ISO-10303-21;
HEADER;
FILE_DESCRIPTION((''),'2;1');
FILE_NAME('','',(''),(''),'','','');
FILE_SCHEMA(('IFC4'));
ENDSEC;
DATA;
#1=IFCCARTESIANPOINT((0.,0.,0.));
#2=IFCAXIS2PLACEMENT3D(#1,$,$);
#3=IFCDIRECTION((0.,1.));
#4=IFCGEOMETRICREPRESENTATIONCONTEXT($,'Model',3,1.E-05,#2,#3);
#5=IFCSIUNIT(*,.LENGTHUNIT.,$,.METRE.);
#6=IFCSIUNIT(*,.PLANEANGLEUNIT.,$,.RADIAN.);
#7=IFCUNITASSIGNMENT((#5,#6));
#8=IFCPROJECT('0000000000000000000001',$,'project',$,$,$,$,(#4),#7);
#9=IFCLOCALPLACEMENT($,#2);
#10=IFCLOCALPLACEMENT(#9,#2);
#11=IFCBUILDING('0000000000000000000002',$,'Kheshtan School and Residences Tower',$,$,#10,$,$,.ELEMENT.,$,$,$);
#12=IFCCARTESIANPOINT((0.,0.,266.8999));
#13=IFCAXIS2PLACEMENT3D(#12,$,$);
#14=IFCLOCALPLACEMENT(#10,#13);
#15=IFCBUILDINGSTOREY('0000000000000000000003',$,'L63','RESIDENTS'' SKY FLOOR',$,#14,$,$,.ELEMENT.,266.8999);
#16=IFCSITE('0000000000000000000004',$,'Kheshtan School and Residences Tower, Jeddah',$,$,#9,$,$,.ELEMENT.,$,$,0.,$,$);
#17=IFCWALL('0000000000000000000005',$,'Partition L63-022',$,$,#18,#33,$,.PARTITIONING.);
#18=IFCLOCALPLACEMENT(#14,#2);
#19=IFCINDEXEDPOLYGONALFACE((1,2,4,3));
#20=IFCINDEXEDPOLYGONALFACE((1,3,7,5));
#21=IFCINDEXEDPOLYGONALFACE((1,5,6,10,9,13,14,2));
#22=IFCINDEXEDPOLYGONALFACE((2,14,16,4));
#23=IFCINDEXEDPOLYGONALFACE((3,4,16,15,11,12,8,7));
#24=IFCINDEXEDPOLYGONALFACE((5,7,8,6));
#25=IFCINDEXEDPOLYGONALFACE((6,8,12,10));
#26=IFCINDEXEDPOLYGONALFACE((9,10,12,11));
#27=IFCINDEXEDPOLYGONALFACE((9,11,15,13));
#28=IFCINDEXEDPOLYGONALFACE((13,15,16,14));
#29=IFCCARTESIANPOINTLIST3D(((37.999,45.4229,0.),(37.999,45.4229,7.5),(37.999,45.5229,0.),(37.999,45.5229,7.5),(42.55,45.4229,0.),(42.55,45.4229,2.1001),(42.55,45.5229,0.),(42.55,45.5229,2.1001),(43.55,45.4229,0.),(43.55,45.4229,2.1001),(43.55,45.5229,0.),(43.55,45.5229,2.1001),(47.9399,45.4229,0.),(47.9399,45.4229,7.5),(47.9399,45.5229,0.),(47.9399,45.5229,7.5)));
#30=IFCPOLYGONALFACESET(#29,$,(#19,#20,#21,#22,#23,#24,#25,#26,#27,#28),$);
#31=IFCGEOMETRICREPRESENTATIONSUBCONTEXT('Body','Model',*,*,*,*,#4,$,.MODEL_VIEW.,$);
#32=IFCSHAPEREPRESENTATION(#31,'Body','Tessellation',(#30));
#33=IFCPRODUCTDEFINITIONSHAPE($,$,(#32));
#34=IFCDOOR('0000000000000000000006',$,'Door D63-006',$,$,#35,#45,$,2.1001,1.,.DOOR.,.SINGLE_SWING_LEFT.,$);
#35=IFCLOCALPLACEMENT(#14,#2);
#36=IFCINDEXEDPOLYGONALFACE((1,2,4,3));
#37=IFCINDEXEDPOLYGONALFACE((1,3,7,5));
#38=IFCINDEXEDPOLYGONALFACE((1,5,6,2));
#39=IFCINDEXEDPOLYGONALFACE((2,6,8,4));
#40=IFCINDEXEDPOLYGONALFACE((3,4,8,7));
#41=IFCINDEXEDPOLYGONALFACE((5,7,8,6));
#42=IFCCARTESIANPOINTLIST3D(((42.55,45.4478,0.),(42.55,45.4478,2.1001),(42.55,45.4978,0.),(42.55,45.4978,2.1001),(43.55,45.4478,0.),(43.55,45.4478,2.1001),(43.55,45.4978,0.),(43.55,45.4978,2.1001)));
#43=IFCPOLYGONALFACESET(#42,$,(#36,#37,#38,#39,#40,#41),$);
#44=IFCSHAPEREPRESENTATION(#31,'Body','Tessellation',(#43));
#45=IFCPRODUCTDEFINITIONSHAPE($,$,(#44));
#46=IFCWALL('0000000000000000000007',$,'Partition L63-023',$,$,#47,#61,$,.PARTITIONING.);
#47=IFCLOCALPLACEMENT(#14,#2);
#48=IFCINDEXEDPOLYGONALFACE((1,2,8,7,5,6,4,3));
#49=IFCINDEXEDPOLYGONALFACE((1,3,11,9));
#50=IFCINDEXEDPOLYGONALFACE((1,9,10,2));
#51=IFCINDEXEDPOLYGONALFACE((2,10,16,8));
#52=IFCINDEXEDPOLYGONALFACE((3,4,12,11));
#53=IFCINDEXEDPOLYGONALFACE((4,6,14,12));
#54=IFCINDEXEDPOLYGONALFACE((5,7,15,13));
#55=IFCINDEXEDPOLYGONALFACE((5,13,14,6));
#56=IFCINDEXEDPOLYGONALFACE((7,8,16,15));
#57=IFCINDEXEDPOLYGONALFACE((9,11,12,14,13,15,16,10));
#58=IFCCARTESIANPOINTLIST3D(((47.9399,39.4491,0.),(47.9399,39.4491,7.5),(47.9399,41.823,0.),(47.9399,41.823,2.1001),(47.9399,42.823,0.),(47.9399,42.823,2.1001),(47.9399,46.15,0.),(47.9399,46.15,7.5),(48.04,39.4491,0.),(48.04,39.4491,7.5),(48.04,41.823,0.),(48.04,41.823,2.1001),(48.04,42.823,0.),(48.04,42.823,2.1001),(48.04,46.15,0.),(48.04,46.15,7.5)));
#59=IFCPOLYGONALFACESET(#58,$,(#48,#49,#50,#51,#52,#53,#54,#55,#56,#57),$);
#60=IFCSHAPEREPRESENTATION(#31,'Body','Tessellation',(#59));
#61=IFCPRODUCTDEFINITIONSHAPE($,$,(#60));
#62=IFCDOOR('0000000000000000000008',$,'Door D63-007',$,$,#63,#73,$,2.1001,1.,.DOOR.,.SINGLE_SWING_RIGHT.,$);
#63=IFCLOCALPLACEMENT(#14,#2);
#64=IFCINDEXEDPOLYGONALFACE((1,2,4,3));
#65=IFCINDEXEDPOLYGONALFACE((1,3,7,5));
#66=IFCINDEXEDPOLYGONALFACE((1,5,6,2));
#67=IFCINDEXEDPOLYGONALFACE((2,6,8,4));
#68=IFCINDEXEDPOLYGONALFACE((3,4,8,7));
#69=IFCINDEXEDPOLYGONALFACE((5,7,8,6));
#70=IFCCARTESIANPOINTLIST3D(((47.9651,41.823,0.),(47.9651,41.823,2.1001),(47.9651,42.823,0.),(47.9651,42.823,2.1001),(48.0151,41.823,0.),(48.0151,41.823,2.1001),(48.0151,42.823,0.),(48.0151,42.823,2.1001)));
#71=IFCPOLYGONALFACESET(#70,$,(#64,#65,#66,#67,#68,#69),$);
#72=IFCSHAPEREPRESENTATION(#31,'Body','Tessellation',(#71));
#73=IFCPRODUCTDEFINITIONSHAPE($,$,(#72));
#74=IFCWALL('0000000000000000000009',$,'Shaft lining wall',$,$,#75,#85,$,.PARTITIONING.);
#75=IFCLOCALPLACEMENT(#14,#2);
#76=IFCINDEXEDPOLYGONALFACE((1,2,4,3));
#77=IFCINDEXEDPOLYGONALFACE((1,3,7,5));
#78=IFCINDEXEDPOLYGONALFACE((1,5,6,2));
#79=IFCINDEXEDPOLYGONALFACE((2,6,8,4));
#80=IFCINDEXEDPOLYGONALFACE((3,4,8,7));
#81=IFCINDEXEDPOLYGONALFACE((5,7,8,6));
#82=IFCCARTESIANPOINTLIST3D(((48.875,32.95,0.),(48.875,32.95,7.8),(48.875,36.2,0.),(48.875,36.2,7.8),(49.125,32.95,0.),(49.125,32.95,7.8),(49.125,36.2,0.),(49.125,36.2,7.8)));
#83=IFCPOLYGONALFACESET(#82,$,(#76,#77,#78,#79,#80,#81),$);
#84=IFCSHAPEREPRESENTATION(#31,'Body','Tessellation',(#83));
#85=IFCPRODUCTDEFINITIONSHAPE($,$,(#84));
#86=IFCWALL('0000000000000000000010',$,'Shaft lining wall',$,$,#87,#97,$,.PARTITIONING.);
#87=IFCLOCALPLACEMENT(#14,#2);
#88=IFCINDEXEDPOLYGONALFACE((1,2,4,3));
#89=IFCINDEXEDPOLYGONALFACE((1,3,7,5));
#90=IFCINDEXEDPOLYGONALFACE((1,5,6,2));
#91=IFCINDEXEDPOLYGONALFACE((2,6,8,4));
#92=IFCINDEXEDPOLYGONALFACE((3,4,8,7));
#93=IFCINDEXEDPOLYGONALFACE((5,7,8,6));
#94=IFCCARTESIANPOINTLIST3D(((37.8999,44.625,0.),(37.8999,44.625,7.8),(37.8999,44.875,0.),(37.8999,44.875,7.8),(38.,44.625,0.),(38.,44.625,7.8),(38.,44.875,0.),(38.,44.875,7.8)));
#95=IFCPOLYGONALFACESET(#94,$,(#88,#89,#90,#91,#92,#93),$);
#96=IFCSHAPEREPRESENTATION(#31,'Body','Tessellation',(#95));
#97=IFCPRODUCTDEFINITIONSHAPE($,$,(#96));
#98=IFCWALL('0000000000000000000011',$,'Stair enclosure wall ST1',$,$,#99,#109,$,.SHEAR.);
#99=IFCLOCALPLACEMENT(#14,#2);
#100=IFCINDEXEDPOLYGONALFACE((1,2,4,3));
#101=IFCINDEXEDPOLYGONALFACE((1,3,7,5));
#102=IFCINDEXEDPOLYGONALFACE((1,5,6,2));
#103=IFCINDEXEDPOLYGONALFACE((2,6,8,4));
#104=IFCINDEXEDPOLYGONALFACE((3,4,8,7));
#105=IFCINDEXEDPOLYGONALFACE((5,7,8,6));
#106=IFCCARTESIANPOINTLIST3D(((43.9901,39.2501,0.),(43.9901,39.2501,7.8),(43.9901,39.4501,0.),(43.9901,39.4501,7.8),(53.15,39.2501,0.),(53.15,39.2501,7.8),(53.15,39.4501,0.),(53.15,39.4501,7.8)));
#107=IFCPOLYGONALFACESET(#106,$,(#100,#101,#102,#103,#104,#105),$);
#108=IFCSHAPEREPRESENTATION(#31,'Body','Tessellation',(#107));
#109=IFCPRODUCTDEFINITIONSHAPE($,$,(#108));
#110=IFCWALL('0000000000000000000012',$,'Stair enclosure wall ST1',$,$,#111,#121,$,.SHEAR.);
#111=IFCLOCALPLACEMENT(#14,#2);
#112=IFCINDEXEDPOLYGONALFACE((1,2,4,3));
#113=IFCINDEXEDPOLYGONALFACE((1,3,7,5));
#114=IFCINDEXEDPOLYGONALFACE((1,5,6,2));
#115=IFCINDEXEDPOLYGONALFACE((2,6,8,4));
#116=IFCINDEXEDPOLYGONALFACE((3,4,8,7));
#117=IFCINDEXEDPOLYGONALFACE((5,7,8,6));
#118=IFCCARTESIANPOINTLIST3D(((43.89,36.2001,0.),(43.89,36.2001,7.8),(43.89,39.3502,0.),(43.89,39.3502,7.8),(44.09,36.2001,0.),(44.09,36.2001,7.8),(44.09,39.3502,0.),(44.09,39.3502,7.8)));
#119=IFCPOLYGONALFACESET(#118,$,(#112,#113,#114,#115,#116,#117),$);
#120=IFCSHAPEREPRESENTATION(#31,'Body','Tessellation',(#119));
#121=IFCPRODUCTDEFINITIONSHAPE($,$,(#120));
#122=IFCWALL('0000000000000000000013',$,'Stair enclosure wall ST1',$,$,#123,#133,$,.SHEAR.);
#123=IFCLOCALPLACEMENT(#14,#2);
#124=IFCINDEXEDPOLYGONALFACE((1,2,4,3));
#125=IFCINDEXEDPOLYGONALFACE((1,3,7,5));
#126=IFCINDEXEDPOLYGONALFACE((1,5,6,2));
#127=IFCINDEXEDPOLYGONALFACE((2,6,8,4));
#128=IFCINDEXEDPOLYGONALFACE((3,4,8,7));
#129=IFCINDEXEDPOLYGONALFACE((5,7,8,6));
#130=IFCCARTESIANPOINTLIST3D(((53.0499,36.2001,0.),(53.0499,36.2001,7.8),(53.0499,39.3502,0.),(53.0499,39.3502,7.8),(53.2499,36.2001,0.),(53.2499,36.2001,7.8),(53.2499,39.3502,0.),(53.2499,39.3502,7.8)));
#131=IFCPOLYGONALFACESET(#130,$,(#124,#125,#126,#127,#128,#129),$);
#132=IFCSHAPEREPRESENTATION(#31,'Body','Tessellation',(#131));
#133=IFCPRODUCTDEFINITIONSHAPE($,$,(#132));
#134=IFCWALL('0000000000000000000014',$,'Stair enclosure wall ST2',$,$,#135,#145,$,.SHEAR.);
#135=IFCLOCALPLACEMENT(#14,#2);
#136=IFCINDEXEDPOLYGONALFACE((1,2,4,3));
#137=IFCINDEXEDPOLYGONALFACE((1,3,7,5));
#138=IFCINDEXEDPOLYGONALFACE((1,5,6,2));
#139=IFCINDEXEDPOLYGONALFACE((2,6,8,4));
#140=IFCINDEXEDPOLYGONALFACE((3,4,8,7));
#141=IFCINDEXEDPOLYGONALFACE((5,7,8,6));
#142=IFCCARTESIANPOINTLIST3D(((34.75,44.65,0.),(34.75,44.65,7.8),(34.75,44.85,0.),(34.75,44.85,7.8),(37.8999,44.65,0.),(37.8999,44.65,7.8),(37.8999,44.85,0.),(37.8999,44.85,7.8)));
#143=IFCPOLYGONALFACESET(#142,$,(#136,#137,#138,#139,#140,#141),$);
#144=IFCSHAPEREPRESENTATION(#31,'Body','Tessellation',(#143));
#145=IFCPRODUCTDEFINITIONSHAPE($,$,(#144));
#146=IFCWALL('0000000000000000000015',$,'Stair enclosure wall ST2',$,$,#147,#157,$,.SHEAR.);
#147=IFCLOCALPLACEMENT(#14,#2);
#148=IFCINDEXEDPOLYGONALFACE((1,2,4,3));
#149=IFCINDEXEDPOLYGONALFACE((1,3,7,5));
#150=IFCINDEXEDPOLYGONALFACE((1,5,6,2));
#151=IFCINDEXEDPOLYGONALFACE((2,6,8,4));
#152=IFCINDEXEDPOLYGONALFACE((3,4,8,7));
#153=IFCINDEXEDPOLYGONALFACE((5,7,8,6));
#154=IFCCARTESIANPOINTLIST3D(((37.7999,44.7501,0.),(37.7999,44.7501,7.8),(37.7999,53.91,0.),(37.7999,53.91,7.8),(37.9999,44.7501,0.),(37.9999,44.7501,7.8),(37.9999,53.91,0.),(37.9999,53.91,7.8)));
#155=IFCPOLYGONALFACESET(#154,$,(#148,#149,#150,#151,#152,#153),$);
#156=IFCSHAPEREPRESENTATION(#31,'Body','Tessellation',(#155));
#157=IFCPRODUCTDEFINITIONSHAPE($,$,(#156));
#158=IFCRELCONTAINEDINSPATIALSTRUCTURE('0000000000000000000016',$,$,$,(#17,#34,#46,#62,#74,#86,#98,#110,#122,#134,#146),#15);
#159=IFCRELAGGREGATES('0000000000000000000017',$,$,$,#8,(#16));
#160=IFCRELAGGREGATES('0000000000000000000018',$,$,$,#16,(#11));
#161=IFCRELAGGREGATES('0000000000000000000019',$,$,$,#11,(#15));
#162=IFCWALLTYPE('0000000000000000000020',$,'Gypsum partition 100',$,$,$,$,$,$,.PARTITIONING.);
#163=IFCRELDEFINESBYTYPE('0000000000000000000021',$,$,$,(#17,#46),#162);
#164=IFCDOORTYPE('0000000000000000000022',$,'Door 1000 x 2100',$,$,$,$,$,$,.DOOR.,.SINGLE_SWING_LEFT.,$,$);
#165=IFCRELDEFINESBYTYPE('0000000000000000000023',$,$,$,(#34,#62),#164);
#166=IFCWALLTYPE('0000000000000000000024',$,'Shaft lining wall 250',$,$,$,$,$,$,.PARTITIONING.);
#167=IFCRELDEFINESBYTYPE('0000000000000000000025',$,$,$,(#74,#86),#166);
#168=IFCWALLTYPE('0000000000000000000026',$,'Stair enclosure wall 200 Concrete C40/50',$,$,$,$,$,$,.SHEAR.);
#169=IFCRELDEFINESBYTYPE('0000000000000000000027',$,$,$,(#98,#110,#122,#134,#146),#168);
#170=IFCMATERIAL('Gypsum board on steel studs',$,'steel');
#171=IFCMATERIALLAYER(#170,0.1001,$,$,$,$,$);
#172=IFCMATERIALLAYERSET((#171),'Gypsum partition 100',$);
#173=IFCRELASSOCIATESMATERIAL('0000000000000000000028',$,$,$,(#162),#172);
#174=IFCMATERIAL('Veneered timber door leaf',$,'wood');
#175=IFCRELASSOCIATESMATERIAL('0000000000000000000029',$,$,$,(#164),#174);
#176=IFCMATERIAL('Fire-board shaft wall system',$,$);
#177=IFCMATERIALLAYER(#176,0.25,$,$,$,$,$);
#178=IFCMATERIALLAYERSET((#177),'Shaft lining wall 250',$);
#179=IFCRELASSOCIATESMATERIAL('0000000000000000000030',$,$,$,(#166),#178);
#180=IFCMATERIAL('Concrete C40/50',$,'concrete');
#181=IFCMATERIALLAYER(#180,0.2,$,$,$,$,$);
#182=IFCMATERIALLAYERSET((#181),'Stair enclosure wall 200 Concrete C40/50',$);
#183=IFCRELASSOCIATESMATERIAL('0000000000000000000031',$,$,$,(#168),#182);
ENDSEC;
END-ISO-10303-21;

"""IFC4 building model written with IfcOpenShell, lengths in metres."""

from ifc_helpers import new_model, si_unit, direction, frame, frame_2d, origin, place, context, subcontext, project, spatial, rectangle, extrude, source, transform, mapped, material, layer, layer_set, type_object, element, fill, save


model = new_model("IFC4")

# Units and contexts
model_context = context("Model", 3, precision=1e-05, world=origin(), true_north=direction((0.0, 1.0)))
body_context = subcontext(model_context, "Body", "Model", "MODEL_VIEW")
ifc_project = project(units=[si_unit("LENGTHUNIT", "METRE"), si_unit("PLANEANGLEUNIT", "RADIAN")], contexts=[model_context])

# Site, building, storey
site_placement = place(None, origin())
site = spatial("IfcSite", under=ifc_project, at=site_placement, Name="Kheshtan School and Residences Tower, Jeddah", CompositionType="ELEMENT", RefElevation=0.0)
building_placement = place(site_placement, origin())
building = spatial("IfcBuilding", under=site, at=building_placement, Name="Kheshtan School and Residences Tower", CompositionType="ELEMENT")
storey_placement = place(building_placement, frame((0.0, 0.0, 266.8999)))
storey = spatial("IfcBuildingStorey", under=building, at=storey_placement, Name="L63", Description="RESIDENTS' SKY FLOOR", CompositionType="ELEMENT", Elevation=266.8999)

# Walls, openings, doors
ifc_material_1 = material(Name="Gypsum board on steel studs", Category="steel")
ifc_layer_1 = layer(ifc_material_1, 0.1001)
ifc_layer_set_1 = layer_set([ifc_layer_1], Name="Gypsum partition 100")
wall_type_1 = type_object("IfcWallType", Name="Gypsum partition 100", PredefinedType="PARTITIONING", material=ifc_layer_set_1)
wall_1_placement = place(storey_placement, frame((37.999, 45.4729, 0.0), z_axis=(0.0, 0.0, 1.0), x_axis=(1.0, 0.0, 0.0)))
wall_1 = element("IfcWall", 1, at=wall_1_placement, inside=storey, type_object=wall_type_1, Name="Partition L63-022", PredefinedType="PARTITIONING", context=body_context, shape_type="SweptSolid", body=[
    extrude(rectangle(XDim=9.9409, YDim=0.1001, at=frame_2d((4.9705, 0.0))), origin(), (0.0, 0.0, 1.0), 7.5),
])
opening_1_placement = place(wall_1_placement, frame((4.551, 0.0, 0.0)))
opening_1 = element("IfcOpeningElement", 2, at=opening_1_placement, cuts=wall_1, PredefinedType="OPENING", context=body_context, shape_type="SweptSolid", body=[
    extrude(rectangle(XDim=1.0, YDim=2.1001, at=frame_2d((0.5, 1.05))), frame((0.0, 0.0601, 0.0), z_axis=(0.0, -1.0, 0.0), x_axis=(1.0, 0.0, 0.0)), (0.0, 0.0, 1.0), 0.1201),
])
ifc_material_2 = material(Name="Veneered timber door leaf", Category="wood")
door_type = type_object("IfcDoorType", Name="Door 1000 x 2100", OperationType="SINGLE_SWING_LEFT", PredefinedType="DOOR", material=ifc_material_2)
shared_shape = source(origin(), body_context, "Body", "SweptSolid", [
    extrude(rectangle(XDim=1.0, YDim=2.1001, at=frame_2d((0.5, 1.05))), frame((0.0, 0.0249, 0.0), z_axis=(0.0, -1.0, 0.0), x_axis=(1.0, 0.0, 0.0)), (0.0, 0.0, 1.0), 0.05),
])
door_1_placement = place(opening_1_placement, origin())
door_1 = element("IfcDoor", 3, at=door_1_placement, inside=storey, type_object=door_type, Name="Door D63-006", OperationType="SINGLE_SWING_LEFT", OverallHeight=2.1001, OverallWidth=1.0, PredefinedType="DOOR", context=body_context, shape_type="MappedRepresentation", body=[
    mapped(shared_shape, transform((0.0, 0.0, 0.0), x_axis=(1.0, 0.0, 0.0), y_axis=(0.0, 1.0, 0.0), z_axis=(0.0, 0.0, 1.0), scale=1.0)),
])
fill(opening_1, door_1)
wall_2_placement = place(storey_placement, frame((47.99, 39.449, 0.0), z_axis=(0.0, 0.0, 1.0), x_axis=(0.0, 1.0, 0.0)))
wall_2 = element("IfcWall", 4, at=wall_2_placement, inside=storey, type_object=wall_type_1, Name="Partition L63-023", PredefinedType="PARTITIONING", context=body_context, shape_type="SweptSolid", body=[
    extrude(rectangle(XDim=6.7009, YDim=0.1001, at=frame_2d((3.3506, 0.0))), origin(), (0.0, 0.0, 1.0), 7.5),
])
opening_2_placement = place(wall_2_placement, frame((2.374, 0.0, 0.0)))
opening_2 = element("IfcOpeningElement", 5, at=opening_2_placement, cuts=wall_2, PredefinedType="OPENING", context=body_context, shape_type="SweptSolid", body=[
    extrude(rectangle(XDim=1.0, YDim=2.1001, at=frame_2d((0.5, 1.05))), frame((0.0, 0.0601, 0.0), z_axis=(0.0, -1.0, 0.0), x_axis=(1.0, 0.0, 0.0)), (0.0, 0.0, 1.0), 0.1201),
])
door_2_placement = place(opening_2_placement, origin())
door_2 = element("IfcDoor", 6, at=door_2_placement, inside=storey, type_object=door_type, Name="Door D63-007", OperationType="SINGLE_SWING_RIGHT", OverallHeight=2.1001, OverallWidth=1.0, PredefinedType="DOOR", context=body_context, shape_type="MappedRepresentation", body=[
    mapped(shared_shape, transform((0.0, 0.0, 0.0), x_axis=(1.0, 0.0, 0.0), y_axis=(0.0, 1.0, 0.0), z_axis=(0.0, 0.0, 1.0), scale=1.0)),
])
fill(opening_2, door_2)

# Walls
ifc_material_3 = material(Name="Fire-board shaft wall system")
ifc_layer_2 = layer(ifc_material_3, 0.25)
ifc_layer_set_2 = layer_set([ifc_layer_2], Name="Shaft lining wall 250")
wall_type_2 = type_object("IfcWallType", Name="Shaft lining wall 250", PredefinedType="PARTITIONING", material=ifc_layer_set_2)
wall_3_placement = place(storey_placement, frame((49.0, 32.95, 0.0), z_axis=(0.0, 0.0, 1.0), x_axis=(0.0, 1.0, 0.0)))
element("IfcWall", 7, at=wall_3_placement, inside=storey, type_object=wall_type_2, Name="Shaft lining wall", PredefinedType="PARTITIONING", context=body_context, shape_type="SweptSolid", body=[
    extrude(rectangle(XDim=3.25, YDim=0.25, at=frame_2d((1.625, 0.0))), origin(), (0.0, 0.0, 1.0), 7.8),
])
wall_4_placement = place(storey_placement, frame((37.8999, 44.75, 0.0), z_axis=(0.0, 0.0, 1.0), x_axis=(1.0, 0.0, 0.0)))
element("IfcWall", 8, at=wall_4_placement, inside=storey, type_object=wall_type_2, Name="Shaft lining wall", PredefinedType="PARTITIONING", context=body_context, shape_type="SweptSolid", body=[
    extrude(rectangle(XDim=0.1001, YDim=0.25, at=frame_2d((0.05, 0.0))), origin(), (0.0, 0.0, 1.0), 7.8),
])
ifc_material_4 = material(Name="Concrete C40/50", Category="concrete")
ifc_layer_3 = layer(ifc_material_4, 0.2)
ifc_layer_set_3 = layer_set([ifc_layer_3], Name="Stair enclosure wall 200 Concrete C40/50")
wall_type_3 = type_object("IfcWallType", Name="Stair enclosure wall 200 Concrete C40/50", PredefinedType="SHEAR", material=ifc_layer_set_3)
wall_5_placement = place(storey_placement, frame((43.99, 39.3501, 0.0), z_axis=(0.0, 0.0, 1.0), x_axis=(1.0, 0.0, 0.0)))
element("IfcWall", 9, at=wall_5_placement, inside=storey, type_object=wall_type_3, Name="Stair enclosure wall ST1", PredefinedType="SHEAR", context=body_context, shape_type="SweptSolid", body=[
    extrude(rectangle(XDim=9.1599, YDim=0.2, at=frame_2d((4.5801, 0.0))), origin(), (0.0, 0.0, 1.0), 7.8),
])
for number, where, z_axis, x_axis, name in (
    (10, (43.99, 36.2, 0.0), (0.0, 0.0, 1.0), (0.0, 1.0, 0.0), "Stair enclosure wall ST1"),
    (11, (53.1499, 36.2, 0.0), (0.0, 0.0, 1.0), (0.0, 1.0, 0.0), "Stair enclosure wall ST1"),
):
    element("IfcWall", number, at=place(storey_placement, frame(where, z_axis=z_axis, x_axis=x_axis)), inside=storey, type_object=wall_type_3, Name=name, PredefinedType="SHEAR", context=body_context, shape_type="SweptSolid", body=[
        extrude(rectangle(XDim=3.1501, YDim=0.2, at=frame_2d((1.5752, 0.0))), origin(), (0.0, 0.0, 1.0), 7.8),
    ])
wall_6_placement = place(storey_placement, frame((34.75, 44.75, 0.0), z_axis=(0.0, 0.0, 1.0), x_axis=(1.0, 0.0, 0.0)))
element("IfcWall", 12, at=wall_6_placement, inside=storey, type_object=wall_type_3, Name="Stair enclosure wall ST2", PredefinedType="SHEAR", context=body_context, shape_type="SweptSolid", body=[
    extrude(rectangle(XDim=3.1499, YDim=0.2, at=frame_2d((1.575, 0.0))), origin(), (0.0, 0.0, 1.0), 7.8),
])
wall_7_placement = place(storey_placement, frame((37.8999, 44.75, 0.0), z_axis=(0.0, 0.0, 1.0), x_axis=(0.0, 1.0, 0.0)))
element("IfcWall", 13, at=wall_7_placement, inside=storey, type_object=wall_type_3, Name="Stair enclosure wall ST2", PredefinedType="SHEAR", context=body_context, shape_type="SweptSolid", body=[
    extrude(rectangle(XDim=9.1599, YDim=0.2, at=frame_2d((4.5801, 0.0))), origin(), (0.0, 0.0, 1.0), 7.8),
])

save(model, "model.ifc")
